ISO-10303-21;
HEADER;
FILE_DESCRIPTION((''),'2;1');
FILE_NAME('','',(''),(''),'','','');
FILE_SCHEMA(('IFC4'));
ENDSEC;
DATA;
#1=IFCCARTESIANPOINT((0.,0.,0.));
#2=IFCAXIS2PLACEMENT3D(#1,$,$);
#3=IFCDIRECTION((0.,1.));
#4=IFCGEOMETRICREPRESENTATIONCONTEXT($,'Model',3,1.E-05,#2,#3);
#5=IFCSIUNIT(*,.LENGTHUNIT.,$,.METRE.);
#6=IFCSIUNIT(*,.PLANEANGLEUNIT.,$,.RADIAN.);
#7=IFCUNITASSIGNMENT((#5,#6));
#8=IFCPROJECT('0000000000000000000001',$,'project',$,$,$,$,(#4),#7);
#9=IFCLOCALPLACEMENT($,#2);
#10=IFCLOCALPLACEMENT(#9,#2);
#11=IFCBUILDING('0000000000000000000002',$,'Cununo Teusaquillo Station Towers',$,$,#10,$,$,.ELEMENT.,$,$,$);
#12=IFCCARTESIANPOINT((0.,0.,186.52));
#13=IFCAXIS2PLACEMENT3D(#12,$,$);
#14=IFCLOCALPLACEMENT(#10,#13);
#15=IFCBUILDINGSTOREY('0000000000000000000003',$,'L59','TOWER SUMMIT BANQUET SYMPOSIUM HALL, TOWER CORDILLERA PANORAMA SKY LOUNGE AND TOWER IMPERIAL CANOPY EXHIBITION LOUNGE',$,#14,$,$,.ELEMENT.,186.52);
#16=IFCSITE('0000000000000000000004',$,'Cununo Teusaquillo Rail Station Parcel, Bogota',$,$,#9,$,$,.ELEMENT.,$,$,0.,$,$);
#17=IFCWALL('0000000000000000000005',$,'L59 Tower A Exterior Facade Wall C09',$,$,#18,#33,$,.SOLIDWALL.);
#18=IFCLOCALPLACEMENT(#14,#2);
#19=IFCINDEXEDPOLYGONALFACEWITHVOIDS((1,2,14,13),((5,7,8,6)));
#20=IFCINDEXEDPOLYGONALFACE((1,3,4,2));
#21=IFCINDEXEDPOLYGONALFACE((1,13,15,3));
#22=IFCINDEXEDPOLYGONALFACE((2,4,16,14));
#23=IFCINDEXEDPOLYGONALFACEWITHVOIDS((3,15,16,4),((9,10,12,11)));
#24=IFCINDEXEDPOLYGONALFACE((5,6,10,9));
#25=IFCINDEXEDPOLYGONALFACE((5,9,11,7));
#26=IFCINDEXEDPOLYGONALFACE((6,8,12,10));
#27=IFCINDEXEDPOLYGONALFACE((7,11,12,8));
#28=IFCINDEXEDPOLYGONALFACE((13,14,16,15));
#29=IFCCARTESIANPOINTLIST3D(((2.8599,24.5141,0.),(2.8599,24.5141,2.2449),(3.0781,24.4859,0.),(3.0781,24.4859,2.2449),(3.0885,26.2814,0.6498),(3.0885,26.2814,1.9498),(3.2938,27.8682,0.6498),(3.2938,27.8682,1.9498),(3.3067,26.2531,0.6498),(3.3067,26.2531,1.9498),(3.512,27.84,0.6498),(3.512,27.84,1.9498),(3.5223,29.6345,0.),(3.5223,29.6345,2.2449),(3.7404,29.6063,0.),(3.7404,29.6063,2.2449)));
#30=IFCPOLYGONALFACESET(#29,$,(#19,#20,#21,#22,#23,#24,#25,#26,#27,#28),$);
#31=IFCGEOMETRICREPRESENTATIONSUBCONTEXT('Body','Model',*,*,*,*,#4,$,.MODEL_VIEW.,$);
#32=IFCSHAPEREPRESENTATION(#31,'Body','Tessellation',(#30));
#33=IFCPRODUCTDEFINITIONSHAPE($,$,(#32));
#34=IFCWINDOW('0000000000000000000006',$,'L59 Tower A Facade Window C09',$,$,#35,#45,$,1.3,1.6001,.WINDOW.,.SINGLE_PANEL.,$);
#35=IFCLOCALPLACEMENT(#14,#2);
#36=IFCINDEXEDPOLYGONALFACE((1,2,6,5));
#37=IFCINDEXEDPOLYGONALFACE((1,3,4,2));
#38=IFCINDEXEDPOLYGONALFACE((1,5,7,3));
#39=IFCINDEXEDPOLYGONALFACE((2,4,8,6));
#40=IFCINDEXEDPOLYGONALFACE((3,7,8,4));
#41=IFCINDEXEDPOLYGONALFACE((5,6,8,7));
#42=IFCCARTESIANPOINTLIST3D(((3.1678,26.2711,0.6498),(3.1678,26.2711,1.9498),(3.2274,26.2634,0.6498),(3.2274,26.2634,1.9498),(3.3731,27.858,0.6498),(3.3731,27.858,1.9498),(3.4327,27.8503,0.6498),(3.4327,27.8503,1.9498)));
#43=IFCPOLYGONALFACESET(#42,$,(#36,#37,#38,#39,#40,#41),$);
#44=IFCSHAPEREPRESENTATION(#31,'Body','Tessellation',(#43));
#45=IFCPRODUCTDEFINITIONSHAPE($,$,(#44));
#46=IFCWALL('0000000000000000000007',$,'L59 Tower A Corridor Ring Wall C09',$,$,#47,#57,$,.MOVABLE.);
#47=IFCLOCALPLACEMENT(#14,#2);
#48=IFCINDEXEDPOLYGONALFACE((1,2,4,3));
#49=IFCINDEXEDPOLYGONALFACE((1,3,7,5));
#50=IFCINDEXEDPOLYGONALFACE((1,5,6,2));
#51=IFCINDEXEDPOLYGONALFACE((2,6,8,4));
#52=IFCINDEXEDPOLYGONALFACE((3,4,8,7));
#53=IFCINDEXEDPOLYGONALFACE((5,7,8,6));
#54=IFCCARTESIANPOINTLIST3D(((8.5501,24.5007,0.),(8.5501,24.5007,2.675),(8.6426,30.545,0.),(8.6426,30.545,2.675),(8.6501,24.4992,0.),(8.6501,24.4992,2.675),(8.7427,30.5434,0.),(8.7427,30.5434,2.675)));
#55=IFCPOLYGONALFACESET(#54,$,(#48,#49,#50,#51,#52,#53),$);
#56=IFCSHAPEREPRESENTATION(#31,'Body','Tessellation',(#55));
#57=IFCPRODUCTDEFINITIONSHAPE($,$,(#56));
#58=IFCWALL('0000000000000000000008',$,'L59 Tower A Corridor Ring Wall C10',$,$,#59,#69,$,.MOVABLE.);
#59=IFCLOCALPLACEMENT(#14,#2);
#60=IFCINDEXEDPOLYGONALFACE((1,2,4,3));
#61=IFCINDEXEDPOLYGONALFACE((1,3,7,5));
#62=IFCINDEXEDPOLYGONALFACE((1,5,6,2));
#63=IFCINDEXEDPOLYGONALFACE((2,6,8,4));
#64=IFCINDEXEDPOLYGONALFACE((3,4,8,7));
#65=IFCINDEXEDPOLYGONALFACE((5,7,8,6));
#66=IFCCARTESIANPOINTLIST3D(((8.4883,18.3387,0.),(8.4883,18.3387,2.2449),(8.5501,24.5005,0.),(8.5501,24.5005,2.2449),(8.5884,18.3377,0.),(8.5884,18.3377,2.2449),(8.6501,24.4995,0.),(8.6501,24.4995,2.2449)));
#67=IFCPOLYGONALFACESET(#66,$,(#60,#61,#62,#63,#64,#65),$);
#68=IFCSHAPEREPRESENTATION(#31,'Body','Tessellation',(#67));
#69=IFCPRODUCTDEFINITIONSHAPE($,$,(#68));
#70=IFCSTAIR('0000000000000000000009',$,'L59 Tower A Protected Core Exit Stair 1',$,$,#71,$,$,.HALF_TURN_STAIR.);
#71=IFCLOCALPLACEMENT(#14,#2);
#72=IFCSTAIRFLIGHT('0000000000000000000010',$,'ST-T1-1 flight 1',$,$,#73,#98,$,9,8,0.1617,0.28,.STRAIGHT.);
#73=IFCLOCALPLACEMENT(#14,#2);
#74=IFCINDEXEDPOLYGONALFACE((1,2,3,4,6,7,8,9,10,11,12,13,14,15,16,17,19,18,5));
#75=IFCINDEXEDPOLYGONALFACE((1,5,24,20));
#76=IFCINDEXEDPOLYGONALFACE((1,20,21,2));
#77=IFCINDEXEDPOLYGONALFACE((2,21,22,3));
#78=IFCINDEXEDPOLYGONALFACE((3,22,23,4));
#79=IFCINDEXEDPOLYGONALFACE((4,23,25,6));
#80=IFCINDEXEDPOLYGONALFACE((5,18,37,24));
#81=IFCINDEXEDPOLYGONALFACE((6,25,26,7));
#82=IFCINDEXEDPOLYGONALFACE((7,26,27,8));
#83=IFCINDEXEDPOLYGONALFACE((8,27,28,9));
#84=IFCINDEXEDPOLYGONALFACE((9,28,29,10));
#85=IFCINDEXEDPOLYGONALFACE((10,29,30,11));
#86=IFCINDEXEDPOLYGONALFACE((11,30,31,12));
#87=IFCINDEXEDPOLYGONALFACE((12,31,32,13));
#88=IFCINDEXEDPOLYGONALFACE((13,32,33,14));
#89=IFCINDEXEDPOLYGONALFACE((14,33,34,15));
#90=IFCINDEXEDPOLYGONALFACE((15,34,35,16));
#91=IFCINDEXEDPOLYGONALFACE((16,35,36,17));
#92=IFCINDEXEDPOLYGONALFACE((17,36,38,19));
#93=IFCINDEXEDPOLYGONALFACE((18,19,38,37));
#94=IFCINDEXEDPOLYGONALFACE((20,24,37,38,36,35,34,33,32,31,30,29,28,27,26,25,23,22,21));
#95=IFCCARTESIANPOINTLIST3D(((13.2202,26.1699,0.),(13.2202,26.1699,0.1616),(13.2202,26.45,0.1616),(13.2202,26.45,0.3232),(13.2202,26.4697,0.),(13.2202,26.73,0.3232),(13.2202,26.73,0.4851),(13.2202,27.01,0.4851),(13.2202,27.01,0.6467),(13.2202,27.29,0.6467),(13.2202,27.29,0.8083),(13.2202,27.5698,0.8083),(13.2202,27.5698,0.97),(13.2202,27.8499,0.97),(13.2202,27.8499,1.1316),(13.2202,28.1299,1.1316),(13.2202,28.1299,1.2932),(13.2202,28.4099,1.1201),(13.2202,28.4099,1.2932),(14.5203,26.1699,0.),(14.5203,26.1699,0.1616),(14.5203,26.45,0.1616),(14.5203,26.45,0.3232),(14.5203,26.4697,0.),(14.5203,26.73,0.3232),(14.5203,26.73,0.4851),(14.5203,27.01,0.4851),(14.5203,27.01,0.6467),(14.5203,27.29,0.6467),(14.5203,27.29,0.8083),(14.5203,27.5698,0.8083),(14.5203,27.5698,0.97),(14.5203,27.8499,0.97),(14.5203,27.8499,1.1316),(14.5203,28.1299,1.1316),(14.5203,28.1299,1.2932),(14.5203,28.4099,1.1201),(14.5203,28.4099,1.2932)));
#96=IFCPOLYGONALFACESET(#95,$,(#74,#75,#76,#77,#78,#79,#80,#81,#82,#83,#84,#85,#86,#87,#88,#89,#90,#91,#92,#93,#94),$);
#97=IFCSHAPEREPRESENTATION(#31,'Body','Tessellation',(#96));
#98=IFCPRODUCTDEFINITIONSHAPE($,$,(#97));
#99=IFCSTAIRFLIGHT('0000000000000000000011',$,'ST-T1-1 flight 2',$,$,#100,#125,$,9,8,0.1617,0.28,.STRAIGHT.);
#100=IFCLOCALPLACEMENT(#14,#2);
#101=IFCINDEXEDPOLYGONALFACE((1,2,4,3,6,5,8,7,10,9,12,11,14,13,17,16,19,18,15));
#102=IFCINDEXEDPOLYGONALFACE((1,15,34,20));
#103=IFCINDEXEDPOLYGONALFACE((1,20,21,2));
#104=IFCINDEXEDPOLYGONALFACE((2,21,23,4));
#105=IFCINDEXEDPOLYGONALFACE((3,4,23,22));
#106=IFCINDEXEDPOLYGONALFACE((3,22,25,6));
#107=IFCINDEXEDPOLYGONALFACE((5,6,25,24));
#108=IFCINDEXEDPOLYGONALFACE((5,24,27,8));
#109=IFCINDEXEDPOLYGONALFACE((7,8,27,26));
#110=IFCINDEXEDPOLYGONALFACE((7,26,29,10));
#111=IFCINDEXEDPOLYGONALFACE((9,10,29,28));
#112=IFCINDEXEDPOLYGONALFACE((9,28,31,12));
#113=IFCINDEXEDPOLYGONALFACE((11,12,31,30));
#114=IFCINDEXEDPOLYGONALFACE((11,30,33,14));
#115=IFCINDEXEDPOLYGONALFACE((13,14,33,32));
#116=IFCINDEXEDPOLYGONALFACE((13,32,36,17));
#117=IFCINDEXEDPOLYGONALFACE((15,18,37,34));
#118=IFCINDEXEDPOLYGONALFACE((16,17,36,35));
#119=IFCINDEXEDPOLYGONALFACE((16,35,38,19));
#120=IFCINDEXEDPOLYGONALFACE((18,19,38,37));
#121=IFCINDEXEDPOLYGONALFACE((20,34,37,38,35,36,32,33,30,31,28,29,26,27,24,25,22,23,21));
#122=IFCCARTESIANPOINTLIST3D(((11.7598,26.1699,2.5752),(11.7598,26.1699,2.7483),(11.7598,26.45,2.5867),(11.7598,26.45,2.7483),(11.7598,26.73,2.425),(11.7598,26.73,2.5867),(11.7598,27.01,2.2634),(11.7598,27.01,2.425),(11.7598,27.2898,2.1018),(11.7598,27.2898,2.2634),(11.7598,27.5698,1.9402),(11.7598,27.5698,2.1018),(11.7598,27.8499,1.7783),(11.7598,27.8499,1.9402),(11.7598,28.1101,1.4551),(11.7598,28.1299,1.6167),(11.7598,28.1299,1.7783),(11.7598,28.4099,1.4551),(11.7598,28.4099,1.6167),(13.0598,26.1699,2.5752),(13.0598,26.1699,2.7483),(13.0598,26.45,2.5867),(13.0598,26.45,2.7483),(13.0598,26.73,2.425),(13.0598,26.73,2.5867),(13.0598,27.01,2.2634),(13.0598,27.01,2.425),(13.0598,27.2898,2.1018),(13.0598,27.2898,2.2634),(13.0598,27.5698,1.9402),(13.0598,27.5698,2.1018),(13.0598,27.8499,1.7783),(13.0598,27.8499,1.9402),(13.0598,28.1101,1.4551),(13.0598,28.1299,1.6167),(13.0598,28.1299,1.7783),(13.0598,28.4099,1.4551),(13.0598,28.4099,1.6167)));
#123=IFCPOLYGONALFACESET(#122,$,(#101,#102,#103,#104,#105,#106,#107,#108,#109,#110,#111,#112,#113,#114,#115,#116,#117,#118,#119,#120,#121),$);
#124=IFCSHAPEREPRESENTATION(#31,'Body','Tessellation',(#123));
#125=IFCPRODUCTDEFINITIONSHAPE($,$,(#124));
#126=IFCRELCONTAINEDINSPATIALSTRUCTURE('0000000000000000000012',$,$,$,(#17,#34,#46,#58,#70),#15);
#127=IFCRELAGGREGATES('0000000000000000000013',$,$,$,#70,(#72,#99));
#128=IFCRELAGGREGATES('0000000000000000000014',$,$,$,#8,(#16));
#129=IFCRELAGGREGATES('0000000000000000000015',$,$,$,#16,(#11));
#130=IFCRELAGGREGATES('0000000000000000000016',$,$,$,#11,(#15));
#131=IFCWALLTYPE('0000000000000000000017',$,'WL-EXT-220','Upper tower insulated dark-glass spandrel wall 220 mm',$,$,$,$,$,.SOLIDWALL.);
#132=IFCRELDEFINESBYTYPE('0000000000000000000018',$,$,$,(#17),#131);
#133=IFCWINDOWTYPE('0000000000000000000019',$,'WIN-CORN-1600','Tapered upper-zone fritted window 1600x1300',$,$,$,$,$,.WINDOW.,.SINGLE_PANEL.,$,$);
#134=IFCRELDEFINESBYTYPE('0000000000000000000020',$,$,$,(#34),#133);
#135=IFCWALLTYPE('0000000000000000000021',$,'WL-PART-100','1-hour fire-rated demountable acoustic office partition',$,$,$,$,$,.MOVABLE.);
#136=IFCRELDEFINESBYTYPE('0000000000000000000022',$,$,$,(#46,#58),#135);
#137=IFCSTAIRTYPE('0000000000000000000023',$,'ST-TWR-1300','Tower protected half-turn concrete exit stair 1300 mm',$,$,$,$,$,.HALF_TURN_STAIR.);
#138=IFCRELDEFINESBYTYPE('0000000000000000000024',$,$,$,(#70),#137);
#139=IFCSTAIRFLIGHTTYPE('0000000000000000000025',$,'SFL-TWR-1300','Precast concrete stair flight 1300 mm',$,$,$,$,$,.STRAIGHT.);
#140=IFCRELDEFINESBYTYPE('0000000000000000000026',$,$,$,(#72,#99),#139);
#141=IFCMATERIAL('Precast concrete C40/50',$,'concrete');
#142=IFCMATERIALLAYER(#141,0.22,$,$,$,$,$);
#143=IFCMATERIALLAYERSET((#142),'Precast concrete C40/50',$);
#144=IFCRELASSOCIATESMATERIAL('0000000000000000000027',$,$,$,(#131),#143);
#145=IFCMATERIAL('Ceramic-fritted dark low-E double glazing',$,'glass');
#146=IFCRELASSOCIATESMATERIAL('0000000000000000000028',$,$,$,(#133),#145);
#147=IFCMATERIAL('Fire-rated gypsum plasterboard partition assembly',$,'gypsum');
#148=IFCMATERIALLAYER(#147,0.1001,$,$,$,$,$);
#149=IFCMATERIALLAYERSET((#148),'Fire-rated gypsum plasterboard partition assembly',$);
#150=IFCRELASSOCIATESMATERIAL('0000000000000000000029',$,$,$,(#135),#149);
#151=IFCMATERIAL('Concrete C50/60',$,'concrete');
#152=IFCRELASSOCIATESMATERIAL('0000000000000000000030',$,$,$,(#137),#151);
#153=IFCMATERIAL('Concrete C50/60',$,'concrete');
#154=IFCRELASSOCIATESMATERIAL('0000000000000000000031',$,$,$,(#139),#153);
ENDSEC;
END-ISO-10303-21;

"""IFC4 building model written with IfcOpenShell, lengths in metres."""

from ifc_helpers import new_model, si_unit, direction, frame, frame_2d, origin, place, context, subcontext, project, spatial, polyline, rectangle, outline, extrude, source, transform, mapped, material, layer, layer_set, type_object, element, fill, aggregate, save


model = new_model("IFC4")

# Units and contexts
model_context = context("Model", 3, precision=1e-05, world=origin(), true_north=direction((0.0, 1.0)))
body_context = subcontext(model_context, "Body", "Model", "MODEL_VIEW")
ifc_project = project(units=[si_unit("LENGTHUNIT", "METRE"), si_unit("PLANEANGLEUNIT", "RADIAN")], contexts=[model_context])

# Site, building, storey
site_placement = place(None, origin())
site = spatial("IfcSite", under=ifc_project, at=site_placement, Name="Cununo Teusaquillo Rail Station Parcel, Bogota", CompositionType="ELEMENT", RefElevation=0.0)
building_placement = place(site_placement, origin())
building = spatial("IfcBuilding", under=site, at=building_placement, Name="Cununo Teusaquillo Station Towers", CompositionType="ELEMENT")
storey_placement = place(building_placement, frame((0.0, 0.0, 186.52)))
storey = spatial("IfcBuildingStorey", under=building, at=storey_placement, Name="L59", Description="TOWER SUMMIT BANQUET SYMPOSIUM HALL, TOWER CORDILLERA PANORAMA SKY LOUNGE AND TOWER IMPERIAL CANOPY EXHIBITION LOUNGE", CompositionType="ELEMENT", Elevation=186.52)

# Shared definitions
ifc_material_1 = material(Name="Precast concrete C40/50", Category="concrete")
ifc_layer_1 = layer(ifc_material_1, 0.22)
ifc_layer_set_1 = layer_set([ifc_layer_1], Name="Precast concrete C40/50")
wall_type_1 = type_object("IfcWallType", Name="WL-EXT-220", Description="Upper tower insulated dark-glass spandrel wall 220 mm", PredefinedType="SOLIDWALL", material=ifc_layer_set_1)

# Wall, opening, window
wall_1_placement = place(storey_placement, frame((2.969, 24.5, 0.0), z_axis=(0.0, 0.0, 1.0), x_axis=(0.128288, 0.991737, 0.0)))
wall_1 = element("IfcWall", 1, at=wall_1_placement, inside=storey, type_object=wall_type_1, Name="L59 Tower A Exterior Facade Wall C09", PredefinedType="SOLIDWALL", context=body_context, shape_type="SweptSolid", body=[
    extrude(rectangle(XDim=5.1631, YDim=0.22, at=frame_2d((2.5815, 0.0))), origin(), (0.0, 0.0, 1.0), 2.2449),
])
shared_shape_1 = source(origin(), body_context, "Body", "SweptSolid", [
    extrude(rectangle(XDim=1.6001, YDim=1.3, at=frame_2d((0.8, 0.6499))), frame((0.0, 0.1199, 0.0), z_axis=(0.0, -1.0, 0.0), x_axis=(1.0, 0.0, 0.0)), (0.0, 0.0, 1.0), 0.24),
])
opening_1_placement = place(wall_1_placement, frame((1.782, 0.0, 0.6499)))
opening_1 = element("IfcOpeningElement", 2, at=opening_1_placement, cuts=wall_1, PredefinedType="OPENING", context=body_context, shape_type="MappedRepresentation", body=[
    mapped(shared_shape_1, transform((0.0, 0.0, 0.0), x_axis=(1.0, 0.0, 0.0), y_axis=(0.0, 1.0, 0.0), z_axis=(0.0, 0.0, 1.0), scale=1.0)),
])
ifc_material_2 = material(Name="Ceramic-fritted dark low-E double glazing", Category="glass")
window_type = type_object("IfcWindowType", Name="WIN-CORN-1600", Description="Tapered upper-zone fritted window 1600x1300", PartitioningType="SINGLE_PANEL", PredefinedType="WINDOW", material=ifc_material_2)
shared_shape_2 = source(origin(), body_context, "Body", "SweptSolid", [
    extrude(rectangle(XDim=1.6001, YDim=1.3, at=frame_2d((0.8, 0.6499))), frame((0.0, 0.03, 0.0), z_axis=(0.0, -1.0, 0.0), x_axis=(1.0, 0.0, 0.0)), (0.0, 0.0, 1.0), 0.0601),
])
window_placement = place(opening_1_placement, origin())
window = element("IfcWindow", 3, at=window_placement, inside=storey, type_object=window_type, Name="L59 Tower A Facade Window C09", OverallHeight=1.3, OverallWidth=1.6001, PartitioningType="SINGLE_PANEL", PredefinedType="WINDOW", context=body_context, shape_type="MappedRepresentation", body=[
    mapped(shared_shape_2, transform((0.0, 0.0, 0.0), x_axis=(1.0, 0.0, 0.0), y_axis=(0.0, 1.0, 0.0), z_axis=(0.0, 0.0, 1.0), scale=1.0)),
])
fill(opening_1, window)

# Walls
ifc_material_3 = material(Name="Fire-rated gypsum plasterboard partition assembly", Category="gypsum")
ifc_layer_2 = layer(ifc_material_3, 0.1001)
ifc_layer_set_2 = layer_set([ifc_layer_2], Name="Fire-rated gypsum plasterboard partition assembly")
wall_type_2 = type_object("IfcWallType", Name="WL-PART-100", Description="1-hour fire-rated demountable acoustic office partition", PredefinedType="MOVABLE", material=ifc_layer_set_2)
wall_2_placement = place(storey_placement, frame((8.6926, 30.5442, 0.0), z_axis=(0.0, 0.0, 1.0), x_axis=(-0.015307, -0.999883, 0.0)))
element("IfcWall", 4, at=wall_2_placement, inside=storey, type_object=wall_type_2, Name="L59 Tower A Corridor Ring Wall C09", PredefinedType="MOVABLE", context=body_context, shape_type="SweptSolid", body=[
    extrude(rectangle(XDim=6.0449, YDim=0.1001, at=frame_2d((3.0225, 0.0))), origin(), (0.0, 0.0, 1.0), 2.675),
])
wall_3_placement = place(storey_placement, frame((8.6001, 24.5, 0.0), z_axis=(0.0, 0.0, 1.0), x_axis=(-0.010024, -0.99995, 0.0)))
element("IfcWall", 5, at=wall_3_placement, inside=storey, type_object=wall_type_2, Name="L59 Tower A Corridor Ring Wall C10", PredefinedType="MOVABLE", context=body_context, shape_type="SweptSolid", body=[
    extrude(rectangle(XDim=6.1621, YDim=0.1001, at=frame_2d((3.0811, 0.0))), origin(), (0.0, 0.0, 1.0), 2.2449),
])

# Stair, stair flights
ifc_material_4 = material(Name="Concrete C50/60", Category="concrete")
stair_type = type_object("IfcStairType", Name="ST-TWR-1300", Description="Tower protected half-turn concrete exit stair 1300 mm", PredefinedType="HALF_TURN_STAIR", material=ifc_material_4)
stair_placement = place(storey_placement, origin())
stair = element("IfcStair", 6, at=stair_placement, inside=storey, type_object=stair_type, Name="L59 Tower A Protected Core Exit Stair 1", PredefinedType="HALF_TURN_STAIR")
ifc_material_5 = material(Name="Concrete C50/60", Category="concrete")
stair_flight_type = type_object("IfcStairFlightType", Name="SFL-TWR-1300", Description="Precast concrete stair flight 1300 mm", PredefinedType="STRAIGHT", material=ifc_material_5)
stair_flight_1_placement = place(storey_placement, frame((13.8701, 26.1699, 0.0), z_axis=(0.0, 0.0, 1.0), x_axis=(0.0, 1.0, 0.0)))
stair_flight_1 = element("IfcStairFlight", 7, at=stair_flight_1_placement, type_object=stair_flight_type, Name="ST-T1-1 flight 1", NumberOfRisers=9, NumberOfTreads=8, PredefinedType="STRAIGHT", RiserHeight=0.1617, TreadLength=0.28, context=body_context, shape_type="SweptSolid", body=[
    extrude(outline(polyline([(0.0, 0.0), (0.0, 0.1616), (0.28, 0.1616), (0.28, 0.3232), (0.5601, 0.3232), (0.5601, 0.4851), (0.8401, 0.4851), (0.8401, 0.6467), (1.1201, 0.6467), (1.1201, 0.8083), (1.3999, 0.8083), (1.3999, 0.97), (1.6799, 0.97), (1.6799, 1.1316), (1.96, 1.1316), (1.96, 1.2932), (2.24, 1.2932), (2.24, 1.4551), (2.24, 1.1201), (0.2998, 0.0), (0.0, 0.0)])), frame((0.0, 0.6499, 0.0), z_axis=(0.0, -1.0, 0.0), x_axis=(1.0, 0.0, 0.0)), (0.0, 0.0, 1.0), 1.3),
])
stair_flight_2_placement = place(storey_placement, frame((12.4099, 28.4099, 1.4551), z_axis=(0.0, 0.0, 1.0), x_axis=(0.0, -1.0, 0.0)))
stair_flight_2 = element("IfcStairFlight", 8, at=stair_flight_2_placement, type_object=stair_flight_type, Name="ST-T1-1 flight 2", NumberOfRisers=9, NumberOfTreads=8, PredefinedType="STRAIGHT", RiserHeight=0.1617, TreadLength=0.28, context=body_context, shape_type="SweptSolid", body=[
    extrude(outline(polyline([(0.0, 0.0), (0.0, 0.1616), (0.28, 0.1616), (0.28, 0.3232), (0.5601, 0.3232), (0.5601, 0.4851), (0.8401, 0.4851), (0.8401, 0.6467), (1.1201, 0.6467), (1.1201, 0.8083), (1.3999, 0.8083), (1.3999, 0.97), (1.6799, 0.97), (1.6799, 1.1316), (1.96, 1.1316), (1.96, 1.2932), (2.24, 1.2932), (2.24, 1.4551), (2.24, 1.1201), (0.2998, 0.0), (0.0, 0.0)])), frame((0.0, 0.6499, 0.0), z_axis=(0.0, -1.0, 0.0), x_axis=(1.0, 0.0, 0.0)), (0.0, 0.0, 1.0), 1.3),
])
aggregate(stair, [stair_flight_1, stair_flight_2])

save(model, "model.ifc")
